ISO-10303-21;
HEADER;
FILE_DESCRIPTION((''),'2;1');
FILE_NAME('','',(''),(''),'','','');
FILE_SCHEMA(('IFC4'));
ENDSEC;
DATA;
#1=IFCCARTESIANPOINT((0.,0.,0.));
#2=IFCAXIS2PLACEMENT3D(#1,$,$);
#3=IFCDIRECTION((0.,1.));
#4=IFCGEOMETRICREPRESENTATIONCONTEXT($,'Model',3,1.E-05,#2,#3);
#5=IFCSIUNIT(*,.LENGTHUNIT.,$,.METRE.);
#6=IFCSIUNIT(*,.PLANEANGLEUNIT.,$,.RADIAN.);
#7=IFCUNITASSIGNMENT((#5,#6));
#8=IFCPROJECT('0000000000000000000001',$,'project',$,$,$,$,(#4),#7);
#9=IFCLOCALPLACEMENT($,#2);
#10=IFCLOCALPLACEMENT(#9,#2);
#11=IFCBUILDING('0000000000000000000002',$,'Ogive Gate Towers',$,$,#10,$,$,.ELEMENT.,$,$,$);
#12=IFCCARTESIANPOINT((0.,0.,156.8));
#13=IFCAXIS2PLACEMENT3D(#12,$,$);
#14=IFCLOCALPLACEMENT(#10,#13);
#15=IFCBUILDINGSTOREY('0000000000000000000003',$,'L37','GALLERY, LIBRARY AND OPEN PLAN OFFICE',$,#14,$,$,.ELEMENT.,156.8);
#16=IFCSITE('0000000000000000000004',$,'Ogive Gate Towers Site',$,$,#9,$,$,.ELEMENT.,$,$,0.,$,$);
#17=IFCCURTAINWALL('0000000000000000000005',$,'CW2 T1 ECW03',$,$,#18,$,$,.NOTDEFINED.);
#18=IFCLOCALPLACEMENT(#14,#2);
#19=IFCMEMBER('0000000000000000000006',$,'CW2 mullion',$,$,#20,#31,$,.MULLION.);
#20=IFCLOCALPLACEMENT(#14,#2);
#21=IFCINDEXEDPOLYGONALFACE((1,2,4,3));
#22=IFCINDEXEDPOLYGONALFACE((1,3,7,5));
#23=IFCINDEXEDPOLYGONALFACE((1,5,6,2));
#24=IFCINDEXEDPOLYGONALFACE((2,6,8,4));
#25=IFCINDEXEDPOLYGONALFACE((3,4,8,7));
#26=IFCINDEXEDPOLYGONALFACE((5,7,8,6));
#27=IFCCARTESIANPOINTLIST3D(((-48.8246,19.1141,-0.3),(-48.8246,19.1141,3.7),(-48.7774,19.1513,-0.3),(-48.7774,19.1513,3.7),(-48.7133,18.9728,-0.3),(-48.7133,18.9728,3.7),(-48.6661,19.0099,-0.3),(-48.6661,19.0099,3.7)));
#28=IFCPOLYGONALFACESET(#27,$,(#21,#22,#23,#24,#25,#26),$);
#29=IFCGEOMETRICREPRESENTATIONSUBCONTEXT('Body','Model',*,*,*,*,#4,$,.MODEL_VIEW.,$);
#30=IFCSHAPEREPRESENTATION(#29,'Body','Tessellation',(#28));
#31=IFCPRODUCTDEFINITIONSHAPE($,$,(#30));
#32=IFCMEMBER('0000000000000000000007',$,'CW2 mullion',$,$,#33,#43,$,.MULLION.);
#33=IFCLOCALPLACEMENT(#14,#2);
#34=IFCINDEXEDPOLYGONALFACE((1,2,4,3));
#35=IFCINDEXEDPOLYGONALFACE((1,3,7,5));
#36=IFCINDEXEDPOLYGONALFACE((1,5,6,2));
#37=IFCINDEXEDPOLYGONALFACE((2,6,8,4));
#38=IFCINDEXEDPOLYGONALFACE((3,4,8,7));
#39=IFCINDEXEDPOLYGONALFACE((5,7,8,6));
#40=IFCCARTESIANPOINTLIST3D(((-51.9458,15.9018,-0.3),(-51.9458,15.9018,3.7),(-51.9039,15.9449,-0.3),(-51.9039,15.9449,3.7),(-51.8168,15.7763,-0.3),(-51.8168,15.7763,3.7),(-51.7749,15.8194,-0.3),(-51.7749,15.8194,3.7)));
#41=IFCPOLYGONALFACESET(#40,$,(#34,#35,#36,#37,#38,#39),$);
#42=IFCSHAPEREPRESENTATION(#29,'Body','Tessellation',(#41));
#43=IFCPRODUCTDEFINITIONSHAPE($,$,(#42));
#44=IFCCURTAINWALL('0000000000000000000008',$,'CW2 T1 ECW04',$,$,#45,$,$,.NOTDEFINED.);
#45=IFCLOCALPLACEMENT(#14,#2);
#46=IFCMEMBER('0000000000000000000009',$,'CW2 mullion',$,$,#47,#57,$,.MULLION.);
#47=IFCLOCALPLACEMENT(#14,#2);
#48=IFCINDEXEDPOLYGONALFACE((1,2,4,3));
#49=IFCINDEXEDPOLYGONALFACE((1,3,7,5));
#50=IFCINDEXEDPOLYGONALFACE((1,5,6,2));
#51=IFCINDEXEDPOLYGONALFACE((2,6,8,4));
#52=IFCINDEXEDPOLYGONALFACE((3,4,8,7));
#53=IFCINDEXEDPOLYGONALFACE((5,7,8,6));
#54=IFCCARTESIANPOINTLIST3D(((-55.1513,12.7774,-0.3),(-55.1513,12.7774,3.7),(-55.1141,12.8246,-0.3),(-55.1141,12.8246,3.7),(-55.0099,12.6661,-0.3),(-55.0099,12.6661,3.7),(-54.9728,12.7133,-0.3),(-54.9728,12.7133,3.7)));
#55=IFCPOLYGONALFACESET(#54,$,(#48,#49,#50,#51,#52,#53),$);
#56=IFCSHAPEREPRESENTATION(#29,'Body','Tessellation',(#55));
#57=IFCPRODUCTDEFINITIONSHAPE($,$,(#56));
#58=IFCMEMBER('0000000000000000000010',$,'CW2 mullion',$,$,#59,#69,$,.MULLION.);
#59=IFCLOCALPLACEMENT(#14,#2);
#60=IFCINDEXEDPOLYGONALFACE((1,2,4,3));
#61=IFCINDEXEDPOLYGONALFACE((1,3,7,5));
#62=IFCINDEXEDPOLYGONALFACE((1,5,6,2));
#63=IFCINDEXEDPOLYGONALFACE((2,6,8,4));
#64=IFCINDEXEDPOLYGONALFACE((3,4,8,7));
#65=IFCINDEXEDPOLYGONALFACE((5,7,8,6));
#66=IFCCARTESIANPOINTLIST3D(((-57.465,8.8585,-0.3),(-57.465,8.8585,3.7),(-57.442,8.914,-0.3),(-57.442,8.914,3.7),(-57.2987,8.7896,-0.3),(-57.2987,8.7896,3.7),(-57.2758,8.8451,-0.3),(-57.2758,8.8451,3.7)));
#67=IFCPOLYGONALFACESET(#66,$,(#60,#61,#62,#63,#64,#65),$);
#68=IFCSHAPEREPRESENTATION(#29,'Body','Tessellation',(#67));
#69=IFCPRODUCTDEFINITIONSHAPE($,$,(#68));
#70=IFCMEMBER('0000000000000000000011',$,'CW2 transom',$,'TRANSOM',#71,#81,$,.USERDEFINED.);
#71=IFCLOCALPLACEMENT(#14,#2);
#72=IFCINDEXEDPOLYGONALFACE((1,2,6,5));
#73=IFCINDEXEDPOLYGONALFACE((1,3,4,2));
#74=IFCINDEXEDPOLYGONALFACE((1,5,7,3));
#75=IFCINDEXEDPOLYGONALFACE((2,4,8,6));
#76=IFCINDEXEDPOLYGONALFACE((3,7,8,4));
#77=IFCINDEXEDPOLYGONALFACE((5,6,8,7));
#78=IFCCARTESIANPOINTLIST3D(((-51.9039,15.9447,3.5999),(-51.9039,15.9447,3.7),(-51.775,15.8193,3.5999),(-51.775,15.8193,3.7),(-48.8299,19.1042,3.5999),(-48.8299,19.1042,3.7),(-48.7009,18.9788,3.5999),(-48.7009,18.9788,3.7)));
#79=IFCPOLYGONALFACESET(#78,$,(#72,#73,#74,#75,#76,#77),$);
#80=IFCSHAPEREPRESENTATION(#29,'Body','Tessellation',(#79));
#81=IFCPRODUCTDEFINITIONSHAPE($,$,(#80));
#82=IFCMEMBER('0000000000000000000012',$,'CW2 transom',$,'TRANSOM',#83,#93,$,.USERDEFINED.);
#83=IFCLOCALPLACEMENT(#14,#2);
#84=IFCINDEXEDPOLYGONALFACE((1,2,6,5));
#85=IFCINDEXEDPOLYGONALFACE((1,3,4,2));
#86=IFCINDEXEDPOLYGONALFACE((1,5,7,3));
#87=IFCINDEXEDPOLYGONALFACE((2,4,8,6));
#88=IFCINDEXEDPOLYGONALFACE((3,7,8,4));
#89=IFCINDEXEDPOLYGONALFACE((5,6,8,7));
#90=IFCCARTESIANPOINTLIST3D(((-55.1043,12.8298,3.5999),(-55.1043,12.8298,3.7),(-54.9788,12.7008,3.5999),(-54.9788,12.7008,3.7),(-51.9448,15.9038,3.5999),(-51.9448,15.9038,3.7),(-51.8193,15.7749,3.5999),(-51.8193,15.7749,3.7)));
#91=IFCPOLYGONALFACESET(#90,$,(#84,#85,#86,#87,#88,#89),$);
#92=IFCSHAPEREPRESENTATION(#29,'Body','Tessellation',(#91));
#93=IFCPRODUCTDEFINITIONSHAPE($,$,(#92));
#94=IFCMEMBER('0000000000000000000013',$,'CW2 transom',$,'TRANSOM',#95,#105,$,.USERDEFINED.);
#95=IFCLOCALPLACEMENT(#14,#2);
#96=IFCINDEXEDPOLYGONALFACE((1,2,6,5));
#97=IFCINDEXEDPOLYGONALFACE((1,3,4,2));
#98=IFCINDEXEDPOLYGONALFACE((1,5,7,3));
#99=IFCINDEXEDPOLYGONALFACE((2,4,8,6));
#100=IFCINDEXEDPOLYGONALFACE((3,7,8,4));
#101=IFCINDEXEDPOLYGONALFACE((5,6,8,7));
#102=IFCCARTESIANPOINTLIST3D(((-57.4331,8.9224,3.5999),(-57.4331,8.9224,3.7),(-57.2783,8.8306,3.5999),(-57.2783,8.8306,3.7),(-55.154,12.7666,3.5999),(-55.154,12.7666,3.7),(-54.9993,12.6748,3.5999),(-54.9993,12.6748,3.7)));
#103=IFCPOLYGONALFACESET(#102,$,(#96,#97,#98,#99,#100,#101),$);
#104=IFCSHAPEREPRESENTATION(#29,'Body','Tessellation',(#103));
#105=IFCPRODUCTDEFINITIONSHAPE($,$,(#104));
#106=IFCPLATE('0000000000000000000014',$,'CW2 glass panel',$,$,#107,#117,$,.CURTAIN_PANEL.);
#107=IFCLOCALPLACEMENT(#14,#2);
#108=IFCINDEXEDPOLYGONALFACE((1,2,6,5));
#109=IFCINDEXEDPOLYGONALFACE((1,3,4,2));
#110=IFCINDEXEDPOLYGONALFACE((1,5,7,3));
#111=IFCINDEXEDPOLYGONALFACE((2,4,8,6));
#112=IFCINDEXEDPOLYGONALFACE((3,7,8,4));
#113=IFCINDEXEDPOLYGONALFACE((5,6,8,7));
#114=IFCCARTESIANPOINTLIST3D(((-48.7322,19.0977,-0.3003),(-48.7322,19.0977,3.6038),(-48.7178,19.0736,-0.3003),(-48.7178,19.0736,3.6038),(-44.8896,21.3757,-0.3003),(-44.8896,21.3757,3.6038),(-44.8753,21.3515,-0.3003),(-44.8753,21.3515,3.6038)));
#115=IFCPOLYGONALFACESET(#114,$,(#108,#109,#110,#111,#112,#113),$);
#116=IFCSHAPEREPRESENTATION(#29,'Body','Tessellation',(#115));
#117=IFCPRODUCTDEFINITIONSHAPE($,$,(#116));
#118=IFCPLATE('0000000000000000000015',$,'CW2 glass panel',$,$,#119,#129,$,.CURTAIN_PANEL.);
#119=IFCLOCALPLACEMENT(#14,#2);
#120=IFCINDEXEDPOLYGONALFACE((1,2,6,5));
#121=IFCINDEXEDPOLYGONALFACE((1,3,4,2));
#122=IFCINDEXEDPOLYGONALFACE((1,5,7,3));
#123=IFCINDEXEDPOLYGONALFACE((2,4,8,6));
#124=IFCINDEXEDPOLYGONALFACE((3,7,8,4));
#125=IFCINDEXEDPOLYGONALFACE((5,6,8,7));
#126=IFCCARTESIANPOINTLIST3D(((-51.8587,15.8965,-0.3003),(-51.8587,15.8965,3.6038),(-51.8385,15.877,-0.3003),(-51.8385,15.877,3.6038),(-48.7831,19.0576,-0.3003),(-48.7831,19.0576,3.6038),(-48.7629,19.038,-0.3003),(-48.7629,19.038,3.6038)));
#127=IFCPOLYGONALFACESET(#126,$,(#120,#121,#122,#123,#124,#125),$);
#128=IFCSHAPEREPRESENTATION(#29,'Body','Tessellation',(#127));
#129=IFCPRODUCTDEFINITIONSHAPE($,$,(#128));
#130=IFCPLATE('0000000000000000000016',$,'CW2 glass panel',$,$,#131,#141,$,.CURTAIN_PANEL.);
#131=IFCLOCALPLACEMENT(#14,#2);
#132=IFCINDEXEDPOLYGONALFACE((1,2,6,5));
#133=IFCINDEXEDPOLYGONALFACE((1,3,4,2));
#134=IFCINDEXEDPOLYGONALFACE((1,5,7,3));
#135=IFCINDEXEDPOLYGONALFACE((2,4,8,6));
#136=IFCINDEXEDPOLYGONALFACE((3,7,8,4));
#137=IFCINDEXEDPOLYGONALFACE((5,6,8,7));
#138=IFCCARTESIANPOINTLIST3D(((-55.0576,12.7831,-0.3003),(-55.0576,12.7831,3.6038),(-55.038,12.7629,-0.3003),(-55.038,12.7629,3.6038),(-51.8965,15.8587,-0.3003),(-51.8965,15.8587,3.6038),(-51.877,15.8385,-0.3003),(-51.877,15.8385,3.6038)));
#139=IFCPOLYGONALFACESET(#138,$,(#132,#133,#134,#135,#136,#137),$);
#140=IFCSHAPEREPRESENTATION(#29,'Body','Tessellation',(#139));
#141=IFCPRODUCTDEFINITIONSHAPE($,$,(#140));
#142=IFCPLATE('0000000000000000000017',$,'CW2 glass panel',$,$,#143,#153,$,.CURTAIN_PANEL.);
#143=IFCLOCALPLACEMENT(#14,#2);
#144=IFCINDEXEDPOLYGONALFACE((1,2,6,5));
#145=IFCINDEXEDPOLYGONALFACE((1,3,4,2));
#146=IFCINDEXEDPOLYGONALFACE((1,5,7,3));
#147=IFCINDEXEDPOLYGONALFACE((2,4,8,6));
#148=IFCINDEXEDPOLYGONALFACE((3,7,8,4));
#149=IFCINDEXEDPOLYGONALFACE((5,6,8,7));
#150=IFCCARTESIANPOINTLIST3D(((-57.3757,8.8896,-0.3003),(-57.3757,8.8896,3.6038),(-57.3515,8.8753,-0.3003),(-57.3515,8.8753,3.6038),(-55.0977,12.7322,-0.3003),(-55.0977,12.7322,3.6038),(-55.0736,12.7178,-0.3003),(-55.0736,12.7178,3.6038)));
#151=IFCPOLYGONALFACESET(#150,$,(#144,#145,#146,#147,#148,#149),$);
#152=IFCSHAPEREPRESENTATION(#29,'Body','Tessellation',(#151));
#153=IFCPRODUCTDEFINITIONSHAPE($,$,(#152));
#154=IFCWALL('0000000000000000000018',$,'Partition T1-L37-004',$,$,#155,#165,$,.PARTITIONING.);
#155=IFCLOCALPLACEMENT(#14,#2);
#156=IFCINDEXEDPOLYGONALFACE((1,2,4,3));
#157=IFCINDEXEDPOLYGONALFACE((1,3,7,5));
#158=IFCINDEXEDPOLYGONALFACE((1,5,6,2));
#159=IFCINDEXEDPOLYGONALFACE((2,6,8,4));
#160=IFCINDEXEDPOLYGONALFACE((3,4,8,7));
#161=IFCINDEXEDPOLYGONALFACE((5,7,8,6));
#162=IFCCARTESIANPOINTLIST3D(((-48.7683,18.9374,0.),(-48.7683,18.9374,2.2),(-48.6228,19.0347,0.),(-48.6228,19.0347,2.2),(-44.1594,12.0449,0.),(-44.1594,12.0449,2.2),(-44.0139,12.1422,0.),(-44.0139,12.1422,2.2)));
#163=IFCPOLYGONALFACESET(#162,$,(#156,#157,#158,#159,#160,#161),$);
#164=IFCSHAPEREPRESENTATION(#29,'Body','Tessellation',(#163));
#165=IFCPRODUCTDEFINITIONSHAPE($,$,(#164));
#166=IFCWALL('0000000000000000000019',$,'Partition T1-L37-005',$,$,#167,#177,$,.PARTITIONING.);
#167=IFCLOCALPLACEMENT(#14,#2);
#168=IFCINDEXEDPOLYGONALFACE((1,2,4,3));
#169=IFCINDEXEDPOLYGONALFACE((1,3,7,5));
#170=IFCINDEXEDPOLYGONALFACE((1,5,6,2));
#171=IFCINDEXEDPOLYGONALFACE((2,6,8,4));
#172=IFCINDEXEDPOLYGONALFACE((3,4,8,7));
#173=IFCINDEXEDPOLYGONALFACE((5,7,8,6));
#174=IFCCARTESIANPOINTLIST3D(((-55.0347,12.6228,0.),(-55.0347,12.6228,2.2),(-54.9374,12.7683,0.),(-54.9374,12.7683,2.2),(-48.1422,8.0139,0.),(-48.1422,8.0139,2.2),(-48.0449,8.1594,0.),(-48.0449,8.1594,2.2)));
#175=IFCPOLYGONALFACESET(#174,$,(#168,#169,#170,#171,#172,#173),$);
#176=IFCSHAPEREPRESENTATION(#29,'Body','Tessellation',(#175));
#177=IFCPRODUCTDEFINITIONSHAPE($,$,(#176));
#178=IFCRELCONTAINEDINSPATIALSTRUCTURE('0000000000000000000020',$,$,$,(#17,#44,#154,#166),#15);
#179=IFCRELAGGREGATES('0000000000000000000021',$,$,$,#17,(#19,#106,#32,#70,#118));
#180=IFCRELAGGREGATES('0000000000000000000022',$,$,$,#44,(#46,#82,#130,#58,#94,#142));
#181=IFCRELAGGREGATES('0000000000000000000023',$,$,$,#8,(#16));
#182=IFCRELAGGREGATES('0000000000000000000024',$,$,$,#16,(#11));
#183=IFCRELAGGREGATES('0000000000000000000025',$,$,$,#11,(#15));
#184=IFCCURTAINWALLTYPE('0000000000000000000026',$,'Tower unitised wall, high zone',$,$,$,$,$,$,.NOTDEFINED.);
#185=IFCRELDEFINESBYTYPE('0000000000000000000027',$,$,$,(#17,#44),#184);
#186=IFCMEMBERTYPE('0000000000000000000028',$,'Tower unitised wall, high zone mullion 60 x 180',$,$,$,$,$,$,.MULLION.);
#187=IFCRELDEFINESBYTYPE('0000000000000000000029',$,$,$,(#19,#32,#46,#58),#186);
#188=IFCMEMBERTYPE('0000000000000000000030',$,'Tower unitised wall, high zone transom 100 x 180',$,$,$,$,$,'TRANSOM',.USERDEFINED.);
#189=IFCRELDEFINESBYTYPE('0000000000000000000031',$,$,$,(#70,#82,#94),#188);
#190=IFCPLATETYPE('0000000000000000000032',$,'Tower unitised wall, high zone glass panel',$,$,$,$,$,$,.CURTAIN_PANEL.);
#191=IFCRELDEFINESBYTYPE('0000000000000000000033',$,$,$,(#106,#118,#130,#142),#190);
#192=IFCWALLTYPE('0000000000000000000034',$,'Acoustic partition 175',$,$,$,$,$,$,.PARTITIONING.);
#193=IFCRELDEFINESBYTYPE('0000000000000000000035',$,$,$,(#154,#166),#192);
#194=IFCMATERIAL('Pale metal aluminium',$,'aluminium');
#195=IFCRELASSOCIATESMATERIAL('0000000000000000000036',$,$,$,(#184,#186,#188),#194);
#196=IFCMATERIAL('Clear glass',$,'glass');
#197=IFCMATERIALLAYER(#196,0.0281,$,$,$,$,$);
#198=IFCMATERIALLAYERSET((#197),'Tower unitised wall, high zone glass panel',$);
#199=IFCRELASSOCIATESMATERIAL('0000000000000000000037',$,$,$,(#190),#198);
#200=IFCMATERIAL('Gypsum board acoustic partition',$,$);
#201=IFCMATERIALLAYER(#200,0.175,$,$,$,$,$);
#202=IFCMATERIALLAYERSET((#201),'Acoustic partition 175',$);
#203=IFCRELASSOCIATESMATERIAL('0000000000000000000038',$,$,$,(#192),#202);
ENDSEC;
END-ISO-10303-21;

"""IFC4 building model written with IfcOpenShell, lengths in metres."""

from ifc_helpers import new_model, si_unit, direction, frame, frame_2d, origin, origin_2d, place, context, subcontext, project, spatial, rectangle, extrude, material, layer, layer_set, material_profile, profile_set, type_object, element, aggregate, save


model = new_model("IFC4")

# Units and contexts
model_context = context("Model", 3, precision=1e-05, world=origin(), true_north=direction((0.0, 1.0)))
body_context = subcontext(model_context, "Body", "Model", "MODEL_VIEW")
ifc_project = project(units=[si_unit("LENGTHUNIT", "METRE"), si_unit("PLANEANGLEUNIT", "RADIAN")], contexts=[model_context])

# Site, building, storey
site_placement = place(None, origin())
site = spatial("IfcSite", under=ifc_project, at=site_placement, Name="Ogive Gate Towers Site", CompositionType="ELEMENT", RefElevation=0.0)
building_placement = place(site_placement, origin())
building = spatial("IfcBuilding", under=site, at=building_placement, Name="Ogive Gate Towers", CompositionType="ELEMENT")
storey_placement = place(building_placement, frame((0.0, 0.0, 156.8)))
storey = spatial("IfcBuildingStorey", under=building, at=storey_placement, Name="L37", Description="GALLERY, LIBRARY AND OPEN PLAN OFFICE", CompositionType="ELEMENT", Elevation=156.8)

# Curtain walls, members
ifc_material_1 = material(Name="Pale metal aluminium", Category="aluminium")
curtain_wall_type = type_object("IfcCurtainWallType", Name="Tower unitised wall, high zone", PredefinedType="NOTDEFINED", material=ifc_material_1)
curtain_wall_1_placement = place(storey_placement, origin())
curtain_wall_1 = element("IfcCurtainWall", 1, at=curtain_wall_1_placement, inside=storey, type_object=curtain_wall_type, Name="CW2 T1 ECW03", PredefinedType="NOTDEFINED")
ifc_material_profile_1 = material_profile(ifc_material_1, rectangle(XDim=0.1799, YDim=0.0601, at=origin_2d()), Name="60 x 180 aluminium box")
ifc_profile_set_1 = profile_set([ifc_material_profile_1], Name="Pale metal aluminium")
member_type_1 = type_object("IfcMemberType", Name="Tower unitised wall, high zone mullion 60 x 180", PredefinedType="MULLION", material=ifc_profile_set_1)
member_1_placement = place(storey_placement, frame((-48.7454, 19.062, -0.3), z_axis=(0.0, 0.0, 1.0), x_axis=(-0.61871, 0.785619, 0.0)))
member_1 = element("IfcMember", 2, at=member_1_placement, type_object=member_type_1, Name="CW2 mullion", PredefinedType="MULLION", context=body_context, shape_type="SweptSolid", body=[
    extrude(rectangle(XDim=0.1799, YDim=0.0601, at=origin_2d()), origin(), (0.0, 0.0, 1.0), 4.0),
])
member_2_placement = place(storey_placement, frame((-51.8604, 15.8606, -0.3), z_axis=(0.0, 0.0, 1.0), x_axis=(-0.716728, 0.697353, 0.0)))
member_2 = element("IfcMember", 3, at=member_2_placement, type_object=member_type_1, Name="CW2 mullion", PredefinedType="MULLION", context=body_context, shape_type="SweptSolid", body=[
    extrude(rectangle(XDim=0.1799, YDim=0.0601, at=origin_2d()), origin(), (0.0, 0.0, 1.0), 4.0),
])
curtain_wall_2_placement = place(storey_placement, origin())
curtain_wall_2 = element("IfcCurtainWall", 4, at=curtain_wall_2_placement, inside=storey, type_object=curtain_wall_type, Name="CW2 T1 ECW04", PredefinedType="NOTDEFINED")
member_3_placement = place(storey_placement, frame((-55.062, 12.7454, -0.3), z_axis=(0.0, 0.0, 1.0), x_axis=(-0.785619, 0.61871, 0.0)))
member_3 = element("IfcMember", 5, at=member_3_placement, type_object=member_type_1, Name="CW2 mullion", PredefinedType="MULLION", context=body_context, shape_type="SweptSolid", body=[
    extrude(rectangle(XDim=0.1799, YDim=0.0601, at=origin_2d()), origin(), (0.0, 0.0, 1.0), 4.0),
])
member_4_placement = place(storey_placement, frame((-57.3704, 8.8518, -0.3), z_axis=(0.0, 0.0, 1.0), x_axis=(-0.92388, 0.382683, 0.0)))
member_4 = element("IfcMember", 6, at=member_4_placement, type_object=member_type_1, Name="CW2 mullion", PredefinedType="MULLION", context=body_context, shape_type="SweptSolid", body=[
    extrude(rectangle(XDim=0.1799, YDim=0.0601, at=origin_2d()), origin(), (0.0, 0.0, 1.0), 4.0),
])

# Members
ifc_material_profile_2 = material_profile(ifc_material_1, rectangle(XDim=0.1799, YDim=0.1001, at=origin_2d()), Name="100 x 180 aluminium box")
ifc_profile_set_2 = profile_set([ifc_material_profile_2], Name="Pale metal aluminium")
member_type_2 = type_object("IfcMemberType", Name="Tower unitised wall, high zone transom 100 x 180", ElementType="TRANSOM", PredefinedType="USERDEFINED", material=ifc_profile_set_2)
member_5_placement = place(storey_placement, frame((-48.7654, 19.0415, 3.6499), z_axis=(-0.697348, -0.716733, 0.0), x_axis=(0.716733, -0.697348, 0.0)))
member_5 = element("IfcMember", 7, at=member_5_placement, type_object=member_type_2, Name="CW2 transom", ObjectType="TRANSOM", PredefinedType="USERDEFINED", context=body_context, shape_type="SweptSolid", body=[
    extrude(rectangle(XDim=0.1799, YDim=0.1001, at=origin_2d()), origin(), (0.0, 0.0, 1.0), 4.4082),
])
member_6_placement = place(storey_placement, frame((-51.8821, 15.8394, 3.6499), z_axis=(-0.716733, -0.697348, 0.0), x_axis=(0.697348, -0.716733, 0.0)))
member_6 = element("IfcMember", 8, at=member_6_placement, type_object=member_type_2, Name="CW2 transom", ObjectType="TRANSOM", PredefinedType="USERDEFINED", context=body_context, shape_type="SweptSolid", body=[
    extrude(rectangle(XDim=0.1799, YDim=0.1001, at=origin_2d()), origin(), (0.0, 0.0, 1.0), 4.4082),
])
member_7_placement = place(storey_placement, frame((-55.0767, 12.7207, 3.6499), z_axis=(-0.509966, -0.860195, 0.0), x_axis=(0.860195, -0.509966, 0.0)))
member_7 = element("IfcMember", 9, at=member_7_placement, type_object=member_type_2, Name="CW2 transom", ObjectType="TRANSOM", PredefinedType="USERDEFINED", context=body_context, shape_type="SweptSolid", body=[
    extrude(rectangle(XDim=0.1799, YDim=0.1001, at=origin_2d()), origin(), (0.0, 0.0, 1.0), 4.469),
])

# Plates
ifc_material_2 = material(Name="Clear glass", Category="glass")
ifc_layer_1 = layer(ifc_material_2, 0.0281)
ifc_layer_set_1 = layer_set([ifc_layer_1], Name="Tower unitised wall, high zone glass panel")
plate_type = type_object("IfcPlateType", Name="Tower unitised wall, high zone glass panel", PredefinedType="CURTAIN_PANEL", material=ifc_layer_set_1)
plate_1_placement = place(storey_placement, frame((-46.8037, 20.2246, -0.3003), z_axis=(0.0, 0.0, 1.0), x_axis=(-0.860208, -0.509943, 0.0)))
plate_1 = element("IfcPlate", 10, at=plate_1_placement, type_object=plate_type, Name="CW2 glass panel", PredefinedType="CURTAIN_PANEL", context=body_context, shape_type="SweptSolid", body=[
    extrude(rectangle(XDim=4.467, YDim=0.0281, at=origin_2d()), origin(), (0.0, 0.0, 1.0), 3.9041),
])
plate_2_placement = place(storey_placement, frame((-50.3108, 17.4673, -0.3003), z_axis=(0.0, 0.0, 1.0), x_axis=(-0.697353, -0.716728, 0.0)))
plate_2 = element("IfcPlate", 11, at=plate_2_placement, type_object=plate_type, Name="CW2 glass panel", PredefinedType="CURTAIN_PANEL", context=body_context, shape_type="SweptSolid", body=[
    extrude(rectangle(XDim=4.4104, YDim=0.0281, at=origin_2d()), origin(), (0.0, 0.0, 1.0), 3.9041),
])
aggregate(curtain_wall_1, [member_1, plate_1, member_2, member_5, plate_2])
plate_3_placement = place(storey_placement, frame((-53.4673, 14.3108, -0.3003), z_axis=(0.0, 0.0, 1.0), x_axis=(-0.716728, -0.697353, 0.0)))
plate_3 = element("IfcPlate", 12, at=plate_3_placement, type_object=plate_type, Name="CW2 glass panel", PredefinedType="CURTAIN_PANEL", context=body_context, shape_type="SweptSolid", body=[
    extrude(rectangle(XDim=4.4104, YDim=0.0281, at=origin_2d()), origin(), (0.0, 0.0, 1.0), 3.9041),
])
plate_4_placement = place(storey_placement, frame((-56.2246, 10.8037, -0.3003), z_axis=(0.0, 0.0, 1.0), x_axis=(-0.509943, -0.860208, 0.0)))
plate_4 = element("IfcPlate", 13, at=plate_4_placement, type_object=plate_type, Name="CW2 glass panel", PredefinedType="CURTAIN_PANEL", context=body_context, shape_type="SweptSolid", body=[
    extrude(rectangle(XDim=4.467, YDim=0.0281, at=origin_2d()), origin(), (0.0, 0.0, 1.0), 3.9041),
])
aggregate(curtain_wall_2, [member_3, member_6, plate_3, member_4, member_7, plate_4])

# Walls
ifc_material_3 = material(Name="Gypsum board acoustic partition")
ifc_layer_2 = layer(ifc_material_3, 0.175)
ifc_layer_set_2 = layer_set([ifc_layer_2], Name="Acoustic partition 175")
wall_type = type_object("IfcWallType", Name="Acoustic partition 175", PredefinedType="PARTITIONING", material=ifc_layer_set_2)
for number, where, z_axis, x_axis, name in (
    (14, (-48.6956, 18.9861, 0.0), (0.0, 0.0, 1.0), (0.555855, -0.831279, 0.0), "Partition T1-L37-004"),
    (15, (-54.9861, 12.6956, 0.0), (0.0, 0.0, 1.0), (0.831279, -0.555855, 0.0), "Partition T1-L37-005"),
):
    element("IfcWall", number, at=place(storey_placement, frame(where, z_axis=z_axis, x_axis=x_axis)), inside=storey, type_object=wall_type, Name=name, PredefinedType="PARTITIONING", context=body_context, shape_type="SweptSolid", body=[
        extrude(rectangle(XDim=8.2915, YDim=0.175, at=frame_2d((4.1458, 0.0))), origin(), (0.0, 0.0, 1.0), 2.2),
    ])

save(model, "model.ifc")
